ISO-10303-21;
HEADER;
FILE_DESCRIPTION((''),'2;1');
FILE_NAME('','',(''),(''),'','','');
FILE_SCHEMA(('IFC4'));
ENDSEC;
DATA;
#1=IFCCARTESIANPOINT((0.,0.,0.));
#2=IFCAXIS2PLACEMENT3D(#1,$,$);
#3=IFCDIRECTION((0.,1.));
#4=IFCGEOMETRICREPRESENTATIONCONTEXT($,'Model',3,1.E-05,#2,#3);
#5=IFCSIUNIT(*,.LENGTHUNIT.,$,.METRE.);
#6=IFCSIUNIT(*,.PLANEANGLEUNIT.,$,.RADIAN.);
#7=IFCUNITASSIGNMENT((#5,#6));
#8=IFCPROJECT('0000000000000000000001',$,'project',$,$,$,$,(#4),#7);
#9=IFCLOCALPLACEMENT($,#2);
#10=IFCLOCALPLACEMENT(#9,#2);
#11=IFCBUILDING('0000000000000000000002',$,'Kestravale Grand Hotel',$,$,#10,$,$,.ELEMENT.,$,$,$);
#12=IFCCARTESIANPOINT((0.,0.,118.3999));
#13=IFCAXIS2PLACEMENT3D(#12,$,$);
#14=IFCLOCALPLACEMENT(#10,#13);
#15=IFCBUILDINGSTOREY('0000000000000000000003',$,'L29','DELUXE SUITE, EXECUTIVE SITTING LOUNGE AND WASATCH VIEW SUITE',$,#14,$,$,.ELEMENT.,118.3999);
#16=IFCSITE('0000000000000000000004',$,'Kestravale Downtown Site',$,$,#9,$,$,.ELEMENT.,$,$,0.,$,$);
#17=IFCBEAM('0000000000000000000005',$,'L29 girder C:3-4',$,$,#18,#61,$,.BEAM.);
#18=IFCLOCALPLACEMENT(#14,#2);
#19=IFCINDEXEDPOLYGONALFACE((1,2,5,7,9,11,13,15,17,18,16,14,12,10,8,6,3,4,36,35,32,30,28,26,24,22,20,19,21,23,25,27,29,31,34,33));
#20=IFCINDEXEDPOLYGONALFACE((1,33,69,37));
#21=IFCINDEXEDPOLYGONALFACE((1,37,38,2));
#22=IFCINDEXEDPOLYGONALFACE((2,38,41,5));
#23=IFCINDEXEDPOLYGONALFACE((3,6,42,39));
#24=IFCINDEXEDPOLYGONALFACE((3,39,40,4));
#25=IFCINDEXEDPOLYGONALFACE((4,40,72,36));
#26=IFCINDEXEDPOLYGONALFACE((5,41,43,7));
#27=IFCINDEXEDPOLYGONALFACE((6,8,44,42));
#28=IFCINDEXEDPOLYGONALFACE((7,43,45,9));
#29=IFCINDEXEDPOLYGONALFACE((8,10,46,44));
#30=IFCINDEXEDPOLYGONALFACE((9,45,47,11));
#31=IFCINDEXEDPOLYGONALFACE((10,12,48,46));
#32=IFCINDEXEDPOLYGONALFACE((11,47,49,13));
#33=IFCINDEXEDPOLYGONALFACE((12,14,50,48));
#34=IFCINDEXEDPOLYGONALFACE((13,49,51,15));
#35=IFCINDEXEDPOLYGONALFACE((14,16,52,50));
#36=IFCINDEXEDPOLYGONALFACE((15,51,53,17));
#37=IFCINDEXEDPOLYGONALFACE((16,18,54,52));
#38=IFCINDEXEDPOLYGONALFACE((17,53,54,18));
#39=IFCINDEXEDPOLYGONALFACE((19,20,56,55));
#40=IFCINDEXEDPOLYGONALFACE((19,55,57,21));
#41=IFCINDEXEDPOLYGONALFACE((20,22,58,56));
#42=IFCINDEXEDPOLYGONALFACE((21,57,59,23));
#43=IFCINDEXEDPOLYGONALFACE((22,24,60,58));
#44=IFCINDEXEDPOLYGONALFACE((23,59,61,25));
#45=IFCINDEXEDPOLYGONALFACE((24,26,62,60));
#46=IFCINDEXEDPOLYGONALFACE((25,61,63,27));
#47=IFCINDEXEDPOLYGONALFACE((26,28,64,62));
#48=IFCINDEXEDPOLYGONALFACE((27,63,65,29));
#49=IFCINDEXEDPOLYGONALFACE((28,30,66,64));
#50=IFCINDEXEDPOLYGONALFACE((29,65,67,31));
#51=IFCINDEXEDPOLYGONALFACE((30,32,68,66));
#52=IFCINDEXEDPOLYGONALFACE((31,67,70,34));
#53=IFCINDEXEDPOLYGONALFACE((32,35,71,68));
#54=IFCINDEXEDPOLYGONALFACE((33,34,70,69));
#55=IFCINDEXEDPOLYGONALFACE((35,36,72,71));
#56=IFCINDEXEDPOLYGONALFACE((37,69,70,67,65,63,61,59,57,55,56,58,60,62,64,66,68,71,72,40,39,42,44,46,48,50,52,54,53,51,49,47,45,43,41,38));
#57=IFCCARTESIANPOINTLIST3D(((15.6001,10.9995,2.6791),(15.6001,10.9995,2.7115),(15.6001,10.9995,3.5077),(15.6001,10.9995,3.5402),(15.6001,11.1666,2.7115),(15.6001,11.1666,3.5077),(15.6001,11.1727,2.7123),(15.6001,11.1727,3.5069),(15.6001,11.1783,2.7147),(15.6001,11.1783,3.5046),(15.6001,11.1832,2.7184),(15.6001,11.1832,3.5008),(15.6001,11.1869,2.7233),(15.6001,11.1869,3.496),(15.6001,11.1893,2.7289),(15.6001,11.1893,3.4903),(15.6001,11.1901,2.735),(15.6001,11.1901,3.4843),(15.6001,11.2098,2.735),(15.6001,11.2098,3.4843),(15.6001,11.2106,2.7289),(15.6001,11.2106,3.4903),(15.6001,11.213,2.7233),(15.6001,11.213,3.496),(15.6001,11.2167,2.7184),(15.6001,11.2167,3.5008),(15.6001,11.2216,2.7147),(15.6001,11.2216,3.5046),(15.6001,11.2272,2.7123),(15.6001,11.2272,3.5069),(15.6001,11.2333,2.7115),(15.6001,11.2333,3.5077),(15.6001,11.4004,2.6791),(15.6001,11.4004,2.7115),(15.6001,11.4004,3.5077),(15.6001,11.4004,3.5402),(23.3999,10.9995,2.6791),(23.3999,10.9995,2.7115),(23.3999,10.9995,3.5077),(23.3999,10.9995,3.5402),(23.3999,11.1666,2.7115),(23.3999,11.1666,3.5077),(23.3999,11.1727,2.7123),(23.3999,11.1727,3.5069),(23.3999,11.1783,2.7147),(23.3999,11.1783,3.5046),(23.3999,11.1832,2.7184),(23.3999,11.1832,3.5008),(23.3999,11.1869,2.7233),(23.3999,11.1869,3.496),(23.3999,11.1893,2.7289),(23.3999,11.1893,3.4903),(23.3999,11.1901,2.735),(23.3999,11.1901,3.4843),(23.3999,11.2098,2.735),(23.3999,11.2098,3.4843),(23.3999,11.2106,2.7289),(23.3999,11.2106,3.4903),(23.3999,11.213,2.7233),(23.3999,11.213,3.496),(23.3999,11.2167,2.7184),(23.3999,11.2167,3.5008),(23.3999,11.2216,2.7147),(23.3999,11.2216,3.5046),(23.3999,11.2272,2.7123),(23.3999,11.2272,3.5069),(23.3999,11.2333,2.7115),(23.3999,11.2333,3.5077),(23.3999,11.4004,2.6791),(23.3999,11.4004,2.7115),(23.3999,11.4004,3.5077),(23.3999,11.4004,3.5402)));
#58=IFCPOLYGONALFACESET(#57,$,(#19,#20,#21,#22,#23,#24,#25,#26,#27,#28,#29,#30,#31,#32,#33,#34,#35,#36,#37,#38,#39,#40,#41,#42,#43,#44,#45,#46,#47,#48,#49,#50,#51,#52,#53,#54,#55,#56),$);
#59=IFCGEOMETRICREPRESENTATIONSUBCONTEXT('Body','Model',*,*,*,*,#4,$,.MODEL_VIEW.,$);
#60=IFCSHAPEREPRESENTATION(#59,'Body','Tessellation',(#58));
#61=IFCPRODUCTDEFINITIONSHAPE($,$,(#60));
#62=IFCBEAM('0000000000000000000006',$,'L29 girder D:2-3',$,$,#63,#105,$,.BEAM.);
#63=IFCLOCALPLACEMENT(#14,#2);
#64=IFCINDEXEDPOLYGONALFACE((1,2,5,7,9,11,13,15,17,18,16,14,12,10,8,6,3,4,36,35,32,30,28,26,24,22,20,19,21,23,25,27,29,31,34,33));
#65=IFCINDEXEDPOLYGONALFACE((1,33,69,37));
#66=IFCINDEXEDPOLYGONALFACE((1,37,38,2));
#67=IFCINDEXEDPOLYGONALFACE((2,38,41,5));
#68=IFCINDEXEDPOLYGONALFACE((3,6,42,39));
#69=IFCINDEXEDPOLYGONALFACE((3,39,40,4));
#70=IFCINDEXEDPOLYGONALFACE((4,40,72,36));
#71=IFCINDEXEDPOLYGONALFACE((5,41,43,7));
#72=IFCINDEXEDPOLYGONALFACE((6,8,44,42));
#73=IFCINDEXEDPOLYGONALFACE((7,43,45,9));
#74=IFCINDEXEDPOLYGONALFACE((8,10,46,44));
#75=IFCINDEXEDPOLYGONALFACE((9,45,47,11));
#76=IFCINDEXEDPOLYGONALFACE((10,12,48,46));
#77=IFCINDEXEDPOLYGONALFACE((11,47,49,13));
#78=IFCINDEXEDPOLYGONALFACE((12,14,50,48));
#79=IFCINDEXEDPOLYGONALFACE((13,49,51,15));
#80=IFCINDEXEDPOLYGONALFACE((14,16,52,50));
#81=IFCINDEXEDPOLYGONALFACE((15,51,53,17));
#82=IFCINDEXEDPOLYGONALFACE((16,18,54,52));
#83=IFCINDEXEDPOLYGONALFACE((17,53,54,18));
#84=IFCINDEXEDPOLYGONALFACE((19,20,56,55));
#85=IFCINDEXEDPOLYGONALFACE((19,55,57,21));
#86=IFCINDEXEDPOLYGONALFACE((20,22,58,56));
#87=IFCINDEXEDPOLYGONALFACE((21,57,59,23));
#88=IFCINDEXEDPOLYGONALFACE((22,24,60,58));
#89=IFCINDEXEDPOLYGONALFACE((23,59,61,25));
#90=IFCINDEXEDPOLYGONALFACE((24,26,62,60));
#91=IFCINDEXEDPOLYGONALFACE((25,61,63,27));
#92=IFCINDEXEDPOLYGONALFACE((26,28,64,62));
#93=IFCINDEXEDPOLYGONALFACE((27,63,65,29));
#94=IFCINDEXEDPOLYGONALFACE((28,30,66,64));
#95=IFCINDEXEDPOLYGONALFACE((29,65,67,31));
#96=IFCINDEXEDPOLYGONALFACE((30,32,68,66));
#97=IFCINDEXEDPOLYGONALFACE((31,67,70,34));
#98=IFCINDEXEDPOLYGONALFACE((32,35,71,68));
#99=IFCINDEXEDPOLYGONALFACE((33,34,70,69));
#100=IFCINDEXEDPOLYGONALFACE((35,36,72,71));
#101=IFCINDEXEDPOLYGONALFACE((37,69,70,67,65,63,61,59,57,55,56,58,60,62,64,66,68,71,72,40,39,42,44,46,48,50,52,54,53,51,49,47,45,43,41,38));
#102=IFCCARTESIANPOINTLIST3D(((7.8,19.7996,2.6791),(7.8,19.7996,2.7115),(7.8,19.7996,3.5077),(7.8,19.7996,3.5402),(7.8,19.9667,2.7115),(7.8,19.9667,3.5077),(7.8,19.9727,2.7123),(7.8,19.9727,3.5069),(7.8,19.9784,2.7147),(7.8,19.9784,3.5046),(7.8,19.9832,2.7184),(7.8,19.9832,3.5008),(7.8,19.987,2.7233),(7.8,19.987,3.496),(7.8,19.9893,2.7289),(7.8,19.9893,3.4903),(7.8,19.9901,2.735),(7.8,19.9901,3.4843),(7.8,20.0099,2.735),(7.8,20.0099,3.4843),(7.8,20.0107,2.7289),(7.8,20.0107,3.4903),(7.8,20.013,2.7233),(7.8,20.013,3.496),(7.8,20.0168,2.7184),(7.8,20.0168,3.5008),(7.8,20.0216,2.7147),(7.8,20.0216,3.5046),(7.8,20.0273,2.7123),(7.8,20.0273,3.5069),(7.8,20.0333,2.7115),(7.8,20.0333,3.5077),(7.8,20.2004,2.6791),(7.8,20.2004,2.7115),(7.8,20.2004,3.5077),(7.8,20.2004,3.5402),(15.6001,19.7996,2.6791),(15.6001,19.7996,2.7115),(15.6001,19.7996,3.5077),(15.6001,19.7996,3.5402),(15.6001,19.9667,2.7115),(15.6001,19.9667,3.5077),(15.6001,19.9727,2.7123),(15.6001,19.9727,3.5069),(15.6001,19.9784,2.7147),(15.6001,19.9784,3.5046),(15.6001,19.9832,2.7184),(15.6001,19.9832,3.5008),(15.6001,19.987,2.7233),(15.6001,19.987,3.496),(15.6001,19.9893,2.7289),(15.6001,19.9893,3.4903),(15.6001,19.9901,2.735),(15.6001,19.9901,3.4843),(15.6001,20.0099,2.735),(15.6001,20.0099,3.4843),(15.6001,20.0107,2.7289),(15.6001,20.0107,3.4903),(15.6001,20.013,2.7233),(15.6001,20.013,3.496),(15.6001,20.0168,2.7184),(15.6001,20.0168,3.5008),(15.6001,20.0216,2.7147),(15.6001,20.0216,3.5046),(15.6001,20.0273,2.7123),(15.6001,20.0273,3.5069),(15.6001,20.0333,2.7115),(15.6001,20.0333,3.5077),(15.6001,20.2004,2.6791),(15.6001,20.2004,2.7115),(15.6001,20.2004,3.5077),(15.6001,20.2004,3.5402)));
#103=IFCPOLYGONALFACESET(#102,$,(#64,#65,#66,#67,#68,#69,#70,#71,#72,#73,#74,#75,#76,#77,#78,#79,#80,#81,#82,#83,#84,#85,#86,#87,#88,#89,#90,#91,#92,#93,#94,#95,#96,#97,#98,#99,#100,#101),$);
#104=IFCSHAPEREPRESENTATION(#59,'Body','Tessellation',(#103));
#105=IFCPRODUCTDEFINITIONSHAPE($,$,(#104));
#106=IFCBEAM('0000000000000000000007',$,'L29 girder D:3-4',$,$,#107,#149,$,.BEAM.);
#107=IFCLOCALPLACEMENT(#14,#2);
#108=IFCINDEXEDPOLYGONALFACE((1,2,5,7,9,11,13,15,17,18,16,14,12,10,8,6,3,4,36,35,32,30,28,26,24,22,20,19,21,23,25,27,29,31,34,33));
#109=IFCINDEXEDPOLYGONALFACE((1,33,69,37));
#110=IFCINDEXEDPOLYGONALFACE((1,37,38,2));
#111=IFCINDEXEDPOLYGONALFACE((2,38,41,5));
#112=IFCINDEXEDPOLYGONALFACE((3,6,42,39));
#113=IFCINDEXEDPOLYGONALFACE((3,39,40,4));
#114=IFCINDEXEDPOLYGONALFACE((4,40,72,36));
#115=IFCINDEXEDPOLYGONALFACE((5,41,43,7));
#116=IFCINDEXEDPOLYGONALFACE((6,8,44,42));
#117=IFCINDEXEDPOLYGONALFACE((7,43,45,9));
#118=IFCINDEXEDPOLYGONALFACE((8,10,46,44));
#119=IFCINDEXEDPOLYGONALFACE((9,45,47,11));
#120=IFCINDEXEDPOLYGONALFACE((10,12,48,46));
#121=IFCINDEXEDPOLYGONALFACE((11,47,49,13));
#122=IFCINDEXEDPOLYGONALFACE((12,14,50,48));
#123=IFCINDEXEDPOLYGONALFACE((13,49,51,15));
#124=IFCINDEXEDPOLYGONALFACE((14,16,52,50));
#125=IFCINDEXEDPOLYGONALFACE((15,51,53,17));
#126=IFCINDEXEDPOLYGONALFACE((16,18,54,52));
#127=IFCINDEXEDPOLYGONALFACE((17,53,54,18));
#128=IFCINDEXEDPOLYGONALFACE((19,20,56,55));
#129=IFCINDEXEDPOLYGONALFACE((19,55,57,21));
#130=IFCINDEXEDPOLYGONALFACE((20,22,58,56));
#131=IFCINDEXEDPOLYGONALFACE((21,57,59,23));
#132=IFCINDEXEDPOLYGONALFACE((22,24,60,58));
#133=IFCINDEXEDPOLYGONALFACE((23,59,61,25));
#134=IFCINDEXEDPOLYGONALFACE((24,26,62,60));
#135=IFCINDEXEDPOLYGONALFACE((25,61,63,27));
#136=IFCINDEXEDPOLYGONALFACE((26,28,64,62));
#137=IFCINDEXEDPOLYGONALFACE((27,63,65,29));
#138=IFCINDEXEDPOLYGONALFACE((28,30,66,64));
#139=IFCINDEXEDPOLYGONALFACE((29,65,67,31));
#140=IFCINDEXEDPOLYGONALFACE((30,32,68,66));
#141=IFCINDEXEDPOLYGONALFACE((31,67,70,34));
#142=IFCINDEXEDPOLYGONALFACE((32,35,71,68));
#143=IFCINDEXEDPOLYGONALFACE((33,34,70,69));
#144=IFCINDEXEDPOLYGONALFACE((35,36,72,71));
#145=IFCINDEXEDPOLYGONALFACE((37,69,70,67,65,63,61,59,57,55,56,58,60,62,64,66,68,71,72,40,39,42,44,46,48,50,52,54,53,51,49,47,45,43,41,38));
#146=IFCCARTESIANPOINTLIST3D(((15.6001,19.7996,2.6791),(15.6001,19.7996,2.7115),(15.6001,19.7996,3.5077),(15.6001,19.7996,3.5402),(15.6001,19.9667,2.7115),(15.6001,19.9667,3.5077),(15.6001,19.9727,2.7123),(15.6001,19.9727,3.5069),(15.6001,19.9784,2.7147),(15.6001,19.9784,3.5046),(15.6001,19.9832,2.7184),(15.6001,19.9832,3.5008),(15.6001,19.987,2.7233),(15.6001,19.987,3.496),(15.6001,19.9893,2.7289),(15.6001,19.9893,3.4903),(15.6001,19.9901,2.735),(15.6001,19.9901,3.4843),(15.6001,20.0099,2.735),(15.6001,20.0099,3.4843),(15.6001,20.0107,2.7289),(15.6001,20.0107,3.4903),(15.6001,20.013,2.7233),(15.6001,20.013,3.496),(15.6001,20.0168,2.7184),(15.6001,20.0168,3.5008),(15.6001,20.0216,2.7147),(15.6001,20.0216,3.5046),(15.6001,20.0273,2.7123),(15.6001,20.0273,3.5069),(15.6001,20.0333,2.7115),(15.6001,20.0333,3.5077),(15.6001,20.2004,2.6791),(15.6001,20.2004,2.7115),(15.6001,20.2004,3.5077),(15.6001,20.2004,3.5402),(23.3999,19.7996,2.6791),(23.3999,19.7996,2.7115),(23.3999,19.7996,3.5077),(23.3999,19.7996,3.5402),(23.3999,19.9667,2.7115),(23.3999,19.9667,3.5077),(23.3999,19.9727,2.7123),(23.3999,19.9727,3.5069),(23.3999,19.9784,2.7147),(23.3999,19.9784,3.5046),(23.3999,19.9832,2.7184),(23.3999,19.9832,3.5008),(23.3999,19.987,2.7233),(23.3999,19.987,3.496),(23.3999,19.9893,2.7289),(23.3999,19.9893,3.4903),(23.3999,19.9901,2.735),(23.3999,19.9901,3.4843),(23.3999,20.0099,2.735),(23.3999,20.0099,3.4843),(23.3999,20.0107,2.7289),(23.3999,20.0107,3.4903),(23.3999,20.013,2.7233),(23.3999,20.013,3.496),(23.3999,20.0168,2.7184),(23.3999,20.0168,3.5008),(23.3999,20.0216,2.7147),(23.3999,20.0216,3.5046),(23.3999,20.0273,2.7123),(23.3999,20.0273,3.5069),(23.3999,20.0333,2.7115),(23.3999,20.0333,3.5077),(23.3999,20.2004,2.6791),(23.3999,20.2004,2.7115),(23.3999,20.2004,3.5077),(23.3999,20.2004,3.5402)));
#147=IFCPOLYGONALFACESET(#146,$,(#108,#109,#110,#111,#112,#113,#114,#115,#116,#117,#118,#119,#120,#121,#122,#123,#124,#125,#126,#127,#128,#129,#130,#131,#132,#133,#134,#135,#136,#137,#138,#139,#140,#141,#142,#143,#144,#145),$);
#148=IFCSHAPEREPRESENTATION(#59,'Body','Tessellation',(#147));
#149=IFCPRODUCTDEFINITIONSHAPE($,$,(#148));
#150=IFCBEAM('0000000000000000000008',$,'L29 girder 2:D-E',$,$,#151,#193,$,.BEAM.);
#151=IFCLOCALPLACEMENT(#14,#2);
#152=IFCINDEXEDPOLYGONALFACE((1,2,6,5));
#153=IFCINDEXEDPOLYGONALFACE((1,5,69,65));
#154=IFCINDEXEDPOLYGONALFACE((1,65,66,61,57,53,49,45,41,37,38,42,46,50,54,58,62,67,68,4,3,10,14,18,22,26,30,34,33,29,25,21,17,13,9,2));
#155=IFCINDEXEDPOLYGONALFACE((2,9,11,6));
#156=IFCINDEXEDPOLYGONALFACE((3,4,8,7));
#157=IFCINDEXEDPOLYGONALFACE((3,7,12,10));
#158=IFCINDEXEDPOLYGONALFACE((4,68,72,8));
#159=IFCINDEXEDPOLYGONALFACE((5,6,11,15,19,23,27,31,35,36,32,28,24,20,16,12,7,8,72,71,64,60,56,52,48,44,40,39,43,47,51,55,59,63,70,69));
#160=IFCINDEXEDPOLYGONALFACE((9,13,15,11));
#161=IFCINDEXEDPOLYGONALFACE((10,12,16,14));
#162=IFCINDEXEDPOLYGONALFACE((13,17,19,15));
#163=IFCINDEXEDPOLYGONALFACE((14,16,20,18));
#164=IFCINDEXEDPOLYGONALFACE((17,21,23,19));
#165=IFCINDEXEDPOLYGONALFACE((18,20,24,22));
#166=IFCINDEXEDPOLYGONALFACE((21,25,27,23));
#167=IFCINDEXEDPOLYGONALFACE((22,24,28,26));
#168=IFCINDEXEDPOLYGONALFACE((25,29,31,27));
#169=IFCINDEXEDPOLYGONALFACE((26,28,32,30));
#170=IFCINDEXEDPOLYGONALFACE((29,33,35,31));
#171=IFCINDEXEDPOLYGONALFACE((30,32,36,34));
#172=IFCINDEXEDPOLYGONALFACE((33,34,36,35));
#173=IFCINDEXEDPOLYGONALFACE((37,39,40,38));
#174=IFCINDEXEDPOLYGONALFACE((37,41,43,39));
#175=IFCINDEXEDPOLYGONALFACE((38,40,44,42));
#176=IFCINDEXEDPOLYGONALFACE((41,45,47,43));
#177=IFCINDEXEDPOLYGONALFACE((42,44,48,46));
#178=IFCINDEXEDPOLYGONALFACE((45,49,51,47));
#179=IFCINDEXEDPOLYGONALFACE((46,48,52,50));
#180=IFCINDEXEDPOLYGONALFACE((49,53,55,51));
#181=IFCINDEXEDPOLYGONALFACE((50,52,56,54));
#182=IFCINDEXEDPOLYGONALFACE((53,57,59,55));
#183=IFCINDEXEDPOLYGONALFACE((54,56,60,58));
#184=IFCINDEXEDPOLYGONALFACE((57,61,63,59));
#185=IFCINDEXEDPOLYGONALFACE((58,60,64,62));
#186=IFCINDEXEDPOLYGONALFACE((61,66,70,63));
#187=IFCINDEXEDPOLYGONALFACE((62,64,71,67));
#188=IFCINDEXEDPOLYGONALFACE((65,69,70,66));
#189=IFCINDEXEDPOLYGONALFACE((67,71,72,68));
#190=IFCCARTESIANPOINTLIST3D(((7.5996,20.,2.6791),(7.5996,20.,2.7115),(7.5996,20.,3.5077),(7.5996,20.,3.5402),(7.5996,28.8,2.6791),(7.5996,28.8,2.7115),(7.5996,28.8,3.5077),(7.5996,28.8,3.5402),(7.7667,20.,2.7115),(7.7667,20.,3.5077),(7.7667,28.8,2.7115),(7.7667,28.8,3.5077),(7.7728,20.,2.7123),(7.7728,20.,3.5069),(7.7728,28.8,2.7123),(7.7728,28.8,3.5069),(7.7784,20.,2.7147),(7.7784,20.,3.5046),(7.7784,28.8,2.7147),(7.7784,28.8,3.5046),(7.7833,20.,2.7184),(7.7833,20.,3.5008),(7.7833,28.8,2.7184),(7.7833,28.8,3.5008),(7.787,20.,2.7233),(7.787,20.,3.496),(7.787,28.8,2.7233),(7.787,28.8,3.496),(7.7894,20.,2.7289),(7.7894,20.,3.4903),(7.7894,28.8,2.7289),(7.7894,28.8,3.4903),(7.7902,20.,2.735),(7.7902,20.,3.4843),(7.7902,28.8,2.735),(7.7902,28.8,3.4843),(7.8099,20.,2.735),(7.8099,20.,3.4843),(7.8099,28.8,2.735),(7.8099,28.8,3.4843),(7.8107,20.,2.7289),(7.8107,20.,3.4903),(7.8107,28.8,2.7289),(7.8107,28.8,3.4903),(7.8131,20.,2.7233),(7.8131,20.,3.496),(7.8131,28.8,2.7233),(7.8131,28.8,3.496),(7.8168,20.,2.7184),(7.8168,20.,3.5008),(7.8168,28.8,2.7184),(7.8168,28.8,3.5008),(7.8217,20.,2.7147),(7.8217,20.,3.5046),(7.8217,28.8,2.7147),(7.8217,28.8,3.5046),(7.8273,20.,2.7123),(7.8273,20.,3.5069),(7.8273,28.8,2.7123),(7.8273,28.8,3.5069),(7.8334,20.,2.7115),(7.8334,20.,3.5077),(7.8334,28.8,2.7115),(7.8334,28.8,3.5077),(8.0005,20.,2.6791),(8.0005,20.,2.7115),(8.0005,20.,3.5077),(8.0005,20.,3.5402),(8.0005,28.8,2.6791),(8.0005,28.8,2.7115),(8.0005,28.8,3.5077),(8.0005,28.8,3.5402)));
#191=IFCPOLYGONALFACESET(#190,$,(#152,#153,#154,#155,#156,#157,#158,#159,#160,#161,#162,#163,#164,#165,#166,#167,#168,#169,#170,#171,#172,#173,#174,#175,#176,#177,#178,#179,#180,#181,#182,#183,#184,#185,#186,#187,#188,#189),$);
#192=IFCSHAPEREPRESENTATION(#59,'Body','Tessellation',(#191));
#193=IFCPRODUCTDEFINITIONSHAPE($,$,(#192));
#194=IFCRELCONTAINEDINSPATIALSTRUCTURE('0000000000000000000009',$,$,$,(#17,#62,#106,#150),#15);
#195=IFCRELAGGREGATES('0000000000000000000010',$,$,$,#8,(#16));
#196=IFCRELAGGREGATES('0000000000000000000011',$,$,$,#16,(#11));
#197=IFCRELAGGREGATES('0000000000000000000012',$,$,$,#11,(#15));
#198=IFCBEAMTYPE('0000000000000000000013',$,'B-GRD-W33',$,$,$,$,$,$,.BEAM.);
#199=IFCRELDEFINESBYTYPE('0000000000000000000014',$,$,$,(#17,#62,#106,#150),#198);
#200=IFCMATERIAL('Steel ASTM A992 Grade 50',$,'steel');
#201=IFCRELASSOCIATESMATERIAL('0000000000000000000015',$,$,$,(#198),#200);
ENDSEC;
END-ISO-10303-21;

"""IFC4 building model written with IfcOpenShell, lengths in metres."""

from ifc_helpers import new_model, si_unit, direction, frame, origin, origin_2d, place, context, subcontext, project, spatial, i_section, extrude, material, material_profile, profile_set, type_object, element, save


model = new_model("IFC4")

# Units and contexts
model_context = context("Model", 3, precision=1e-05, world=origin(), true_north=direction((0.0, 1.0)))
body_context = subcontext(model_context, "Body", "Model", "MODEL_VIEW")
ifc_project = project(units=[si_unit("LENGTHUNIT", "METRE"), si_unit("PLANEANGLEUNIT", "RADIAN")], contexts=[model_context])

# Site, building, storey
site_placement = place(None, origin())
site = spatial("IfcSite", under=ifc_project, at=site_placement, Name="Kestravale Downtown Site", CompositionType="ELEMENT", RefElevation=0.0)
building_placement = place(site_placement, origin())
building = spatial("IfcBuilding", under=site, at=building_placement, Name="Kestravale Grand Hotel", CompositionType="ELEMENT")
storey_placement = place(building_placement, frame((0.0, 0.0, 118.3999)))
storey = spatial("IfcBuildingStorey", under=building, at=storey_placement, Name="L29", Description="DELUXE SUITE, EXECUTIVE SITTING LOUNGE AND WASATCH VIEW SUITE", CompositionType="ELEMENT", Elevation=118.3999)

# Beams
ifc_material_1 = material(Name="Steel ASTM A992 Grade 50", Category="steel")
ifc_material_profile_1 = material_profile(ifc_material_1, i_section(OverallWidth=0.4009, OverallDepth=0.8611, WebThickness=0.0198, FlangeThickness=0.0325, FilletRadius=0.0234, at=origin_2d()))
ifc_profile_set_1 = profile_set([ifc_material_profile_1], Name="Steel ASTM A992 Grade 50")
beam_type_1 = type_object("IfcBeamType", Name="B-GRD-W33", PredefinedType="BEAM", material=ifc_profile_set_1)
beam_1_placement = place(storey_placement, frame((15.6001, 11.2, 3.1096), z_axis=(1.0, 0.0, 0.0), x_axis=(0.0, 1.0, 0.0)))
element("IfcBeam", 1, at=beam_1_placement, inside=storey, type_object=beam_type_1, Name="L29 girder C:3-4", PredefinedType="BEAM", context=body_context, shape_type="SweptSolid", body=[
    extrude(i_section(OverallWidth=0.4009, OverallDepth=0.8611, WebThickness=0.0198, FlangeThickness=0.0325, FilletRadius=0.0234, at=origin_2d()), origin(), (0.0, 0.0, 1.0), 7.7998),
])
beam_2_placement = place(storey_placement, frame((7.8, 20.0, 3.1096), z_axis=(1.0, 0.0, 0.0), x_axis=(0.0, 1.0, 0.0)))
element("IfcBeam", 2, at=beam_2_placement, inside=storey, type_object=beam_type_1, Name="L29 girder D:2-3", PredefinedType="BEAM", context=body_context, shape_type="SweptSolid", body=[
    extrude(i_section(OverallWidth=0.4009, OverallDepth=0.8611, WebThickness=0.0198, FlangeThickness=0.0325, FilletRadius=0.0234, at=origin_2d()), origin(), (0.0, 0.0, 1.0), 7.8),
])
beam_3_placement = place(storey_placement, frame((15.6001, 20.0, 3.1096), z_axis=(1.0, 0.0, 0.0), x_axis=(0.0, 1.0, 0.0)))
element("IfcBeam", 3, at=beam_3_placement, inside=storey, type_object=beam_type_1, Name="L29 girder D:3-4", PredefinedType="BEAM", context=body_context, shape_type="SweptSolid", body=[
    extrude(i_section(OverallWidth=0.4009, OverallDepth=0.8611, WebThickness=0.0198, FlangeThickness=0.0325, FilletRadius=0.0234, at=origin_2d()), origin(), (0.0, 0.0, 1.0), 7.7998),
])
for number, where, z_axis, x_axis, name in (
    (4, (7.8, 20.0, 3.1096), (0.0, 1.0, 0.0), (-1.0, 0.0, 0.0), "L29 girder 2:D-E"),
):
    element("IfcBeam", number, at=place(storey_placement, frame(where, z_axis=z_axis, x_axis=x_axis)), inside=storey, type_object=beam_type_1, Name=name, PredefinedType="BEAM", context=body_context, shape_type="SweptSolid", body=[
        extrude(i_section(OverallWidth=0.4009, OverallDepth=0.8611, WebThickness=0.0198, FlangeThickness=0.0325, FilletRadius=0.0234, at=origin_2d()), origin(), (0.0, 0.0, 1.0), 8.8),
    ])

save(model, "model.ifc")
